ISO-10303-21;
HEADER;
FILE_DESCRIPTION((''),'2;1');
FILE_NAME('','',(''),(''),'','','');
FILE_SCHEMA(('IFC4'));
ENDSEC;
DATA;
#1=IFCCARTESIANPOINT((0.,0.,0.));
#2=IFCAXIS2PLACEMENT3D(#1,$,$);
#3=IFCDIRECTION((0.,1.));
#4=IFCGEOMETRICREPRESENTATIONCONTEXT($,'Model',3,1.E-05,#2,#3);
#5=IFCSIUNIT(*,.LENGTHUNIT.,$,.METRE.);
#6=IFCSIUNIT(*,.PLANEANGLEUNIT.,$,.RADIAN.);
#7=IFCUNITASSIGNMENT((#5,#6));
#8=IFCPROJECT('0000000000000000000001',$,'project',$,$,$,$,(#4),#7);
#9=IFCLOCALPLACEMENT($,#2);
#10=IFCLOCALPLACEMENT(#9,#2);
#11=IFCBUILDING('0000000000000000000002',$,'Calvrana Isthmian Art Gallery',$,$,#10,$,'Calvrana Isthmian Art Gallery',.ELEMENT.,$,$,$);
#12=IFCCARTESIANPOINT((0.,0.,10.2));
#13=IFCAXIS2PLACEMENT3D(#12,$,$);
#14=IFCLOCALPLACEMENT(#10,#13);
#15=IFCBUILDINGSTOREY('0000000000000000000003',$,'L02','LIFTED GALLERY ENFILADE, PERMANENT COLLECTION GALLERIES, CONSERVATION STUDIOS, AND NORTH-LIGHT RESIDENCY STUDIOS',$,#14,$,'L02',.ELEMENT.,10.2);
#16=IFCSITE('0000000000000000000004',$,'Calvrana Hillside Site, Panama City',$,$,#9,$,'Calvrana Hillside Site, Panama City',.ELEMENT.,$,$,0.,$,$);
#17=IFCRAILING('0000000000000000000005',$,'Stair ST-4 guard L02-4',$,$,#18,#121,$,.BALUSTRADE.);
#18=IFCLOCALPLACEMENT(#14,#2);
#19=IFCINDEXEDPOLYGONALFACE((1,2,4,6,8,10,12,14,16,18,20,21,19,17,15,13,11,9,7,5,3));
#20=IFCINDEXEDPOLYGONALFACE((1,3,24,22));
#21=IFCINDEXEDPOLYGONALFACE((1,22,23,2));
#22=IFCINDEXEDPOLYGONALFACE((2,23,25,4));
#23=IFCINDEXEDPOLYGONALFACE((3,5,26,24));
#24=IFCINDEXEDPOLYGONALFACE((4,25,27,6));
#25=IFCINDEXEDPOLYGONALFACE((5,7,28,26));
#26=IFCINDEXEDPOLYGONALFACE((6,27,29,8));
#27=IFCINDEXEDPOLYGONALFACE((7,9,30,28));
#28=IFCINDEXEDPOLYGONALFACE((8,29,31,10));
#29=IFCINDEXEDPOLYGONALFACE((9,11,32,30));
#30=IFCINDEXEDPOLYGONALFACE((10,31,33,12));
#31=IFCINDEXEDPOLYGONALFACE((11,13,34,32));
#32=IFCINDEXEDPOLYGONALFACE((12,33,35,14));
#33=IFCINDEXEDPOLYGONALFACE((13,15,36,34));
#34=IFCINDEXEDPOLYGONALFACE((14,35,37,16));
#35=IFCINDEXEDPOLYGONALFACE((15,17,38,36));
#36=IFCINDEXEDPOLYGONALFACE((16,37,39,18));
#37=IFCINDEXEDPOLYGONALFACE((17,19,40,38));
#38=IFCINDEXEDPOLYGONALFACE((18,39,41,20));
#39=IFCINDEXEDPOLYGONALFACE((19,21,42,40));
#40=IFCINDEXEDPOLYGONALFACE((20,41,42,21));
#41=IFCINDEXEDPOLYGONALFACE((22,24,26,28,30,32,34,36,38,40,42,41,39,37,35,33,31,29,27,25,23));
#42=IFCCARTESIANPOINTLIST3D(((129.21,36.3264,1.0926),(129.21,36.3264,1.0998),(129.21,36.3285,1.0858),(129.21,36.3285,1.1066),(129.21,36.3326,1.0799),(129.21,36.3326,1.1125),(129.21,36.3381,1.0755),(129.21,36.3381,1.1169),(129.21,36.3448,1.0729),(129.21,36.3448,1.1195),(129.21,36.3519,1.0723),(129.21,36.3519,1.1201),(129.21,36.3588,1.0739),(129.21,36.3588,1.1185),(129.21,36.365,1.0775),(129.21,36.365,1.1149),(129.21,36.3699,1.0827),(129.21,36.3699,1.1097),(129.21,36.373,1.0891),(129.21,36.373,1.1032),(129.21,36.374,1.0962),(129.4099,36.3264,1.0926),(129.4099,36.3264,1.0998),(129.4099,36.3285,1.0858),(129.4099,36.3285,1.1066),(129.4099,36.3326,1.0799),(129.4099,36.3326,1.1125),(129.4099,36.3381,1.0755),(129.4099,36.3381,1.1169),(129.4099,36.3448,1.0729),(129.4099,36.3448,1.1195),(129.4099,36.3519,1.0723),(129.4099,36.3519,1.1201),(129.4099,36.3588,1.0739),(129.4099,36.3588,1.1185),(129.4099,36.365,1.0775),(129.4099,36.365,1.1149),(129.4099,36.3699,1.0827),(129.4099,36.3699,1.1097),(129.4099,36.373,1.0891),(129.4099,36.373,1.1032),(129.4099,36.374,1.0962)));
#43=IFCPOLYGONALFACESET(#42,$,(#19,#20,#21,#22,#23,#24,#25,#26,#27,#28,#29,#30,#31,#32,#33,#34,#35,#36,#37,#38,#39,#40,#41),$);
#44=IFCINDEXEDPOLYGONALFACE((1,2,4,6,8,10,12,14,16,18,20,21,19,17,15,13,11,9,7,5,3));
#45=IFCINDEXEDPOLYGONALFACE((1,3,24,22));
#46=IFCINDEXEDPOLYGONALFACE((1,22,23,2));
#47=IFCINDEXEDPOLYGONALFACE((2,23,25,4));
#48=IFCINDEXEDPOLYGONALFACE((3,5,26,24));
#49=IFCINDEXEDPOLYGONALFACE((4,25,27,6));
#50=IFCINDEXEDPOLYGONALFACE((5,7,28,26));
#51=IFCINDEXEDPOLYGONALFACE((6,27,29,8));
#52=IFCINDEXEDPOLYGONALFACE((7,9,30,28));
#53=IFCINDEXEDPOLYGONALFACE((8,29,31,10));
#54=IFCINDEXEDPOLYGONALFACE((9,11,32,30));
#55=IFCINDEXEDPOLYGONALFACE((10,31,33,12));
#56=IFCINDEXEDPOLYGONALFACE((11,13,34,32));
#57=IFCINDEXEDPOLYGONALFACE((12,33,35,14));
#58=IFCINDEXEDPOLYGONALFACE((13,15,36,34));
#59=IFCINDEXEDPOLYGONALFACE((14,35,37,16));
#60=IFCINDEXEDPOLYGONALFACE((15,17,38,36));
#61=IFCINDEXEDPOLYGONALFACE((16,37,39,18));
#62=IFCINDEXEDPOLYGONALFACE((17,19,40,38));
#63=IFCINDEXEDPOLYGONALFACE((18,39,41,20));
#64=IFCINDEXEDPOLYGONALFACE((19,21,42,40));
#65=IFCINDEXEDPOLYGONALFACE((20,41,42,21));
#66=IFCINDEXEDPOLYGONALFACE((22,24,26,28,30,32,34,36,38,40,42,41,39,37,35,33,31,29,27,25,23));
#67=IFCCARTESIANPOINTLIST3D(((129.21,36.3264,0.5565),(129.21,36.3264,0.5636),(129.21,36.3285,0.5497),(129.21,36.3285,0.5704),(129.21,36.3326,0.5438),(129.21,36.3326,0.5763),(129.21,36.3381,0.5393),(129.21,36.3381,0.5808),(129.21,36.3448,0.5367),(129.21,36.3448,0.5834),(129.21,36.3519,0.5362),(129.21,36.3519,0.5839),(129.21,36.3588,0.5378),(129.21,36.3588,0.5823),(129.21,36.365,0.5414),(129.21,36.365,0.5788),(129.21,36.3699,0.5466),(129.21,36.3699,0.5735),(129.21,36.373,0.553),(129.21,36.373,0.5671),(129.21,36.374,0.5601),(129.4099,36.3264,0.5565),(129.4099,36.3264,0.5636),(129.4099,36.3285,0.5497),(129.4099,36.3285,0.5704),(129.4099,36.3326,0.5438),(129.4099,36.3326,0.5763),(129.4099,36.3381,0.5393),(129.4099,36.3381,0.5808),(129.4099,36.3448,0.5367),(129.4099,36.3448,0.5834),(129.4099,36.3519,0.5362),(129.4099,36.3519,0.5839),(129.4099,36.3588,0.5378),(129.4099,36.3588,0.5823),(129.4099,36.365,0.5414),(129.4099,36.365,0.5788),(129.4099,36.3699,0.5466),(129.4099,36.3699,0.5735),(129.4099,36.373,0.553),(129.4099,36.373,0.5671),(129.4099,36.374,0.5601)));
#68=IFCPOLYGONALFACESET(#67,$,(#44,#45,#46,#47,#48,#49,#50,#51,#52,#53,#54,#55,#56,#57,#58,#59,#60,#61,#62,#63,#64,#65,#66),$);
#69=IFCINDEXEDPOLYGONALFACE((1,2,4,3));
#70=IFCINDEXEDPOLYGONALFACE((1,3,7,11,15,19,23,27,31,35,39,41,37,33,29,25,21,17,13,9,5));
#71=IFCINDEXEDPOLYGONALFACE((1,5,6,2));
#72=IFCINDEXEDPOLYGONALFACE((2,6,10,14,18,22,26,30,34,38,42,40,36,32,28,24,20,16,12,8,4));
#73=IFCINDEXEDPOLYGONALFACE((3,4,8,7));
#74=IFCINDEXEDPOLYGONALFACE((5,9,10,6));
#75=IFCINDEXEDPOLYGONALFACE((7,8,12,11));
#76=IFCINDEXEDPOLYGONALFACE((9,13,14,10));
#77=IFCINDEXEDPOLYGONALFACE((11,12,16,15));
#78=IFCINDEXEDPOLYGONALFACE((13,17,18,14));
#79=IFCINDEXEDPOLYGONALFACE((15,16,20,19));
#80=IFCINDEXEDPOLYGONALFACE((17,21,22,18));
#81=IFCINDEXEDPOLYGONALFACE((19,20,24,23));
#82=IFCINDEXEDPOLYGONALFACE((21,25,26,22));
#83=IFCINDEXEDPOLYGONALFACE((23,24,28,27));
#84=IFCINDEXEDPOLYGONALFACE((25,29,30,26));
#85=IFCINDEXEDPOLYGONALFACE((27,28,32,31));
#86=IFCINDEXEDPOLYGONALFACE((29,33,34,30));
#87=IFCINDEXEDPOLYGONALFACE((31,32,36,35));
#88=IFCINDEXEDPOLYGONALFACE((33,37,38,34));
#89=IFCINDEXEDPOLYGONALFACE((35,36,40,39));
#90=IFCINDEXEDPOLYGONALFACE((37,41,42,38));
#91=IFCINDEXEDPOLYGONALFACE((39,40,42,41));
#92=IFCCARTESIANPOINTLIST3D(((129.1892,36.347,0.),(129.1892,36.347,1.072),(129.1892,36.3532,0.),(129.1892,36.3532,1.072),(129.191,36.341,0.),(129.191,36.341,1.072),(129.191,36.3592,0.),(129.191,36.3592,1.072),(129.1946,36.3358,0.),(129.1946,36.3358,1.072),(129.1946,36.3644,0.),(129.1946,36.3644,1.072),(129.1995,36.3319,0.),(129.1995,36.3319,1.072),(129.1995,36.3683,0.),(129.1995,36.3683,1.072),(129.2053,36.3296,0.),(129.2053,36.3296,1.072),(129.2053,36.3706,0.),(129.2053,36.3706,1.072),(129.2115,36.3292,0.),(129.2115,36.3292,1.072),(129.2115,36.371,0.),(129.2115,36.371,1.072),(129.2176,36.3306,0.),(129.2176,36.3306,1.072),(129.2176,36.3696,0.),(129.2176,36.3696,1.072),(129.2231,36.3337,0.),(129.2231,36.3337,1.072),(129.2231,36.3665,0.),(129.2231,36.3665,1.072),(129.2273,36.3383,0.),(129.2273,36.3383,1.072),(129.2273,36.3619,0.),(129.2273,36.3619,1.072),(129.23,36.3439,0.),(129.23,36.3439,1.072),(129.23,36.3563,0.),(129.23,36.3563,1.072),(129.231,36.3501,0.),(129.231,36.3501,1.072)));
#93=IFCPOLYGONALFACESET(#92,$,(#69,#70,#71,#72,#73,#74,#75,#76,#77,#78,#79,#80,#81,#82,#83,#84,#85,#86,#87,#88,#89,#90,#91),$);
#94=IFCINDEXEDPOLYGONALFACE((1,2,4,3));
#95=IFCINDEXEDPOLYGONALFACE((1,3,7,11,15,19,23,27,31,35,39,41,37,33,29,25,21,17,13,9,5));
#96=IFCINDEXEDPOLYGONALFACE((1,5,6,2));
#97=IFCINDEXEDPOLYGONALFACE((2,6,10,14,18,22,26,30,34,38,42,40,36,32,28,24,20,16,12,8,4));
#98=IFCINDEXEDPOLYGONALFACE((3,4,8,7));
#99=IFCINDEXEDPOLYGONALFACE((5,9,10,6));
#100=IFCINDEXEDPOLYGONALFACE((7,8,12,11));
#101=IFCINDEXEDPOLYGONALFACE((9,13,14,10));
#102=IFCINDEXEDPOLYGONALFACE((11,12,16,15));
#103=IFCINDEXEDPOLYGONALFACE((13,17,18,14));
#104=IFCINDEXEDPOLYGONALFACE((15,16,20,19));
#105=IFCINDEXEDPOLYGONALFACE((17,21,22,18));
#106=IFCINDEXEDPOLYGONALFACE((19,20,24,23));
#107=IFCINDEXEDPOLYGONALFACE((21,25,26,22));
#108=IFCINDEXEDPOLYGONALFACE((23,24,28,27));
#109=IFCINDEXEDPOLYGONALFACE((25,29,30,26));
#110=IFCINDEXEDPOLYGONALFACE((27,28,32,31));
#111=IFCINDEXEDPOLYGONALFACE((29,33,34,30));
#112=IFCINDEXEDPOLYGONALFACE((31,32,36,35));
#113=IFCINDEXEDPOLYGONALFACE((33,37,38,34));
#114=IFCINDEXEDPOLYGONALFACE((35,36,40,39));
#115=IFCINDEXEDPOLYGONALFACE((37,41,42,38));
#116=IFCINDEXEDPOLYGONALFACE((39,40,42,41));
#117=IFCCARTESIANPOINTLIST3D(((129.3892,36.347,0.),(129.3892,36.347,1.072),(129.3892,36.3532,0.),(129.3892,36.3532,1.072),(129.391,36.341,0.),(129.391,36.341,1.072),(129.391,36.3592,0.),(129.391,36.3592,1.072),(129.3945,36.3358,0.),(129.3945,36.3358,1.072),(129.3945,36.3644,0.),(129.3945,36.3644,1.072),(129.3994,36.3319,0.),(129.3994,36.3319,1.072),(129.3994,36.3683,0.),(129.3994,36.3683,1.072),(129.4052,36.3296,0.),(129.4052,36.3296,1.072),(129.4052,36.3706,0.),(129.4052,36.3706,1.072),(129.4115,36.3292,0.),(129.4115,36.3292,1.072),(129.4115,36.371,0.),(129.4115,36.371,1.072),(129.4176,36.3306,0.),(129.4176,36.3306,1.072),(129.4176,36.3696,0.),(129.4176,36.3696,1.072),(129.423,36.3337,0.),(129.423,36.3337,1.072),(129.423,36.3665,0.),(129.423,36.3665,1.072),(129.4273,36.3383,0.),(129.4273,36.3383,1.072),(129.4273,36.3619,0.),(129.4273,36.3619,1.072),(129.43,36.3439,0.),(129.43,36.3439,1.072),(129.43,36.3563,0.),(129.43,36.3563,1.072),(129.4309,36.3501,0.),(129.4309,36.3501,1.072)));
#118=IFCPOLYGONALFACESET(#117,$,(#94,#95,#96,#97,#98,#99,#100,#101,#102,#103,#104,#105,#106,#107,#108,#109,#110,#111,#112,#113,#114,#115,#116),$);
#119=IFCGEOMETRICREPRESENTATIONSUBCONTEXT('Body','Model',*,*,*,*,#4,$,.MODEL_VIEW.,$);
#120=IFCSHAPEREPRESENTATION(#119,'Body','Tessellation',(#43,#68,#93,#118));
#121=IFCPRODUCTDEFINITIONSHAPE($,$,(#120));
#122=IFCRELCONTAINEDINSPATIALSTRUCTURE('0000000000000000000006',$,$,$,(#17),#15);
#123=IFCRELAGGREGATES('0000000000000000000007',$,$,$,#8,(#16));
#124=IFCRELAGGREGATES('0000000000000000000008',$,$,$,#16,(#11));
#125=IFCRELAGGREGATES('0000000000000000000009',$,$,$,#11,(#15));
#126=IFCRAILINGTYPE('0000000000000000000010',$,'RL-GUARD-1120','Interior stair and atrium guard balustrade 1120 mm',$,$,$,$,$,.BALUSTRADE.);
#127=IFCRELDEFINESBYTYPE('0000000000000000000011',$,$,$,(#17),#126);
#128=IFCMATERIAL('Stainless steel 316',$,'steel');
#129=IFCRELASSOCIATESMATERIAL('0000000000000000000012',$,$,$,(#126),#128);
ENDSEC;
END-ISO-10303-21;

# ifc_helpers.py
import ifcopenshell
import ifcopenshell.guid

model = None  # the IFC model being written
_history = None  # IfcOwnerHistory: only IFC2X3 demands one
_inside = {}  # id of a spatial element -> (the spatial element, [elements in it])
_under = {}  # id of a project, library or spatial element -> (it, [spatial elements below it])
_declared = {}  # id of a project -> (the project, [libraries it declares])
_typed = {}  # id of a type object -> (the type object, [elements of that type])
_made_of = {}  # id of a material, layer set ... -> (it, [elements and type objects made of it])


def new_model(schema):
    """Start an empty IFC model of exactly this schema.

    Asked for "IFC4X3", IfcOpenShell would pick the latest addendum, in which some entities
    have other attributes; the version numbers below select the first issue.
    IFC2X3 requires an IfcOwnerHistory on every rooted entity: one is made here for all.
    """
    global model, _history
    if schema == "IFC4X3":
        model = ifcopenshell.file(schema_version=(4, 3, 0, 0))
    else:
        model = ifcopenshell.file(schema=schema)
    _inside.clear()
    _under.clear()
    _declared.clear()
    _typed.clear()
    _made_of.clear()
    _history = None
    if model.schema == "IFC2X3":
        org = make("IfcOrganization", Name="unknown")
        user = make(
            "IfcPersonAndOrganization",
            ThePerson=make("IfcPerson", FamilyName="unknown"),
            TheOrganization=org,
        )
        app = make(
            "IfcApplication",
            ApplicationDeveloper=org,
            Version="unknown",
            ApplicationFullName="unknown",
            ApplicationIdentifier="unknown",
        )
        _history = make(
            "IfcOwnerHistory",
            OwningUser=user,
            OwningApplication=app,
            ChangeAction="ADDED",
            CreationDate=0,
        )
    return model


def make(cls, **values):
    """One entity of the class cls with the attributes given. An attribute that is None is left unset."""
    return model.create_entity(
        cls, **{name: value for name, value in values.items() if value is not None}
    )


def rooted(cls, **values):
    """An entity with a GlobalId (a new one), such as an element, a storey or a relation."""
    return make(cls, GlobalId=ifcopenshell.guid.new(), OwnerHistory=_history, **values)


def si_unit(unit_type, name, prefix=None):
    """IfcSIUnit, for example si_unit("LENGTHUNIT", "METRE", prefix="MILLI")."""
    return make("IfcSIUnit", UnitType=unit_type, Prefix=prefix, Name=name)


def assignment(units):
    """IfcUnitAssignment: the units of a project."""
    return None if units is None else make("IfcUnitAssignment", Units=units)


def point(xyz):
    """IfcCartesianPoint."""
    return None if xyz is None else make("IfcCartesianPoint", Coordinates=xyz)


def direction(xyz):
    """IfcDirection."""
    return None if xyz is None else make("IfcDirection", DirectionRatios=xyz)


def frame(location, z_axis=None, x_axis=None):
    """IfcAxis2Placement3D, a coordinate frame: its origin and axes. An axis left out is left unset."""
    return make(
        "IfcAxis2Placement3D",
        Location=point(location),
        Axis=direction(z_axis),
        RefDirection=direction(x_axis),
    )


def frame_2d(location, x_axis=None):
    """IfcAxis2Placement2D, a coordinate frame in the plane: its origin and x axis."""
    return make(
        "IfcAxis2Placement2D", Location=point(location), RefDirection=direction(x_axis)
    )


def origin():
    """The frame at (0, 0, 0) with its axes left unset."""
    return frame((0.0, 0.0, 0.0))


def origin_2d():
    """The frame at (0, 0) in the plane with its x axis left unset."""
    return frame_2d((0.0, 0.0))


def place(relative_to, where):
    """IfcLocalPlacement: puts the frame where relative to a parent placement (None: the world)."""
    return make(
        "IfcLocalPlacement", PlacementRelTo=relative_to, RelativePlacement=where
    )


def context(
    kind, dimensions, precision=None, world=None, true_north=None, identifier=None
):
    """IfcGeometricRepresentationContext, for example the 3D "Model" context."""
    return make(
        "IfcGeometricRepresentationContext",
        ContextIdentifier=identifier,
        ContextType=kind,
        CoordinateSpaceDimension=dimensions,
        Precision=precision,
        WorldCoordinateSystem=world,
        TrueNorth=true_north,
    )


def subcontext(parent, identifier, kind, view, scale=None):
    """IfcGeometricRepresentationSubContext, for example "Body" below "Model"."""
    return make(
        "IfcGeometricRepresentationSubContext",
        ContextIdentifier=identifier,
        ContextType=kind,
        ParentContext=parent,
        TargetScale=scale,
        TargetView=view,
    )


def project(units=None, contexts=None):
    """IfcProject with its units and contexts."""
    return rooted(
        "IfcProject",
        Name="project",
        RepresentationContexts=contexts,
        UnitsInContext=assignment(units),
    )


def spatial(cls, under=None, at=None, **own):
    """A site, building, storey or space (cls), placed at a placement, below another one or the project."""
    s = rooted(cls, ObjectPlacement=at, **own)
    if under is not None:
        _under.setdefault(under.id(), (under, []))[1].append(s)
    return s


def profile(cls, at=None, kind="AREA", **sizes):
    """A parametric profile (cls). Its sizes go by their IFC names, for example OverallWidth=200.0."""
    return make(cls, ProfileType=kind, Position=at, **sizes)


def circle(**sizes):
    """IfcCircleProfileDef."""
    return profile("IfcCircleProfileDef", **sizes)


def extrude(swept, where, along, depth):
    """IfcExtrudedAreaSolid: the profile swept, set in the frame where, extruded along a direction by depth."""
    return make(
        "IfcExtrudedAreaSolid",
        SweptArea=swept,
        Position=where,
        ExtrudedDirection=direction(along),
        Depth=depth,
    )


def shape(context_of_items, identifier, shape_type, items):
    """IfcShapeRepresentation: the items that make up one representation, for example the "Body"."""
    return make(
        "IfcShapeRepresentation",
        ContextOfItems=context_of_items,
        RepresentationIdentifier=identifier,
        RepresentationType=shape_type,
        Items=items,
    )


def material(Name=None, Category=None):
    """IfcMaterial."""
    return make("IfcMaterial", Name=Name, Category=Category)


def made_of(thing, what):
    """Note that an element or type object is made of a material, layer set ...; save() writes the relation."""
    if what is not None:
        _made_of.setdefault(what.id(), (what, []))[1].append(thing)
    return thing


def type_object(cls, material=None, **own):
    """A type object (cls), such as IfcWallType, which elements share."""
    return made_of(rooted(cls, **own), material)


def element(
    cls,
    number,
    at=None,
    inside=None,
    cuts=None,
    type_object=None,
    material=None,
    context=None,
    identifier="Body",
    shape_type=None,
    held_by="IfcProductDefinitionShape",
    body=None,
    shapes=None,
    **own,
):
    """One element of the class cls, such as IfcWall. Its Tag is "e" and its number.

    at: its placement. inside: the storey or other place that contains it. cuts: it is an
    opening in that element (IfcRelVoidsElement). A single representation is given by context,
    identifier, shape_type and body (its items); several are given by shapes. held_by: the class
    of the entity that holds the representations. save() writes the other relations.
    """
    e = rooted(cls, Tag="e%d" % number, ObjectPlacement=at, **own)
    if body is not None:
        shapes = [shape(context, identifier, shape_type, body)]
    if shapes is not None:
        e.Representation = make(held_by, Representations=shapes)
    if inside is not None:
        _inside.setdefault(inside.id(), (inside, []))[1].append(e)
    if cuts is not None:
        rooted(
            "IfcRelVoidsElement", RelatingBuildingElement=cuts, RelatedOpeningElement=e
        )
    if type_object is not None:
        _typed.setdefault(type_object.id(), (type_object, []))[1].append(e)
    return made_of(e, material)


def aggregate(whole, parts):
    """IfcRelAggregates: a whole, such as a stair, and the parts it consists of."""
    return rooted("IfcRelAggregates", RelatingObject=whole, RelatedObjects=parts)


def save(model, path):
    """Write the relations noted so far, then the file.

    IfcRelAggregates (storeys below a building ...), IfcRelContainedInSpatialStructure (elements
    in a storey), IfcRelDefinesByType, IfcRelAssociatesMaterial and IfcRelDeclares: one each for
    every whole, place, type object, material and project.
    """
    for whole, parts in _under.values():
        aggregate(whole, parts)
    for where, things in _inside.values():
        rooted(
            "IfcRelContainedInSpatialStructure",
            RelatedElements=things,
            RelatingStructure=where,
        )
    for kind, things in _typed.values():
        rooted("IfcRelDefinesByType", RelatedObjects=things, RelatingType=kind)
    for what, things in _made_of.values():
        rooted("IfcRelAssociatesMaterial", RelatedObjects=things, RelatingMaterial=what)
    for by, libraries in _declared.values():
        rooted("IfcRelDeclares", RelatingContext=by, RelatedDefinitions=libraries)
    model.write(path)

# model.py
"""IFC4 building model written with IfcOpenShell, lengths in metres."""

from ifc_helpers import new_model, si_unit, direction, frame, origin, origin_2d, place, context, subcontext, project, spatial, circle, extrude, material, type_object, element, save


model = new_model("IFC4")

# Units and contexts
model_context = context("Model", 3, precision=1e-05, world=origin(), true_north=direction((0.0, 1.0)))
body_context = subcontext(model_context, "Body", "Model", "MODEL_VIEW")
ifc_project = project(units=[si_unit("LENGTHUNIT", "METRE"), si_unit("PLANEANGLEUNIT", "RADIAN")], contexts=[model_context])

# Site, building, storey
site_placement = place(None, origin())
site = spatial("IfcSite", under=ifc_project, at=site_placement, Name="Calvrana Hillside Site, Panama City", LongName="Calvrana Hillside Site, Panama City", CompositionType="ELEMENT", RefElevation=0.0)
building_placement = place(site_placement, origin())
building = spatial("IfcBuilding", under=site, at=building_placement, Name="Calvrana Isthmian Art Gallery", LongName="Calvrana Isthmian Art Gallery", CompositionType="ELEMENT")
storey_placement = place(building_placement, frame((0.0, 0.0, 10.2)))
storey = spatial("IfcBuildingStorey", under=building, at=storey_placement, Name="L02", Description="LIFTED GALLERY ENFILADE, PERMANENT COLLECTION GALLERIES, CONSERVATION STUDIOS, AND NORTH-LIGHT RESIDENCY STUDIOS", LongName="L02", CompositionType="ELEMENT", Elevation=10.2)

# Railing
ifc_material_1 = material(Name="Stainless steel 316", Category="steel")
railing_type_1 = type_object("IfcRailingType", Name="RL-GUARD-1120", Description="Interior stair and atrium guard balustrade 1120 mm", PredefinedType="BALUSTRADE", material=ifc_material_1)
railing_1_placement = place(storey_placement, frame((129.21, 36.3501, 0.0)))
element("IfcRailing", 1, at=railing_1_placement, inside=storey, type_object=railing_type_1, Name="Stair ST-4 guard L02-4", PredefinedType="BALUSTRADE", context=body_context, shape_type="SweptSolid", body=[
    extrude(circle(Radius=0.0239, at=origin_2d()), frame((0.0, 0.0, 1.0962), z_axis=(1.0, 0.0, 0.0), x_axis=(0.0, 1.0, 0.0)), (0.0, 0.0, 1.0), 0.2),
    extrude(circle(Radius=0.0239, at=origin_2d()), frame((0.0, 0.0, 0.5601), z_axis=(1.0, 0.0, 0.0), x_axis=(0.0, 1.0, 0.0)), (0.0, 0.0, 1.0), 0.2),
    extrude(circle(Radius=0.021, at=origin_2d()), origin(), (0.0, 0.0, 1.0), 1.072),
    extrude(circle(Radius=0.021, at=origin_2d()), frame((0.2, 0.0, 0.0)), (0.0, 0.0, 1.0), 1.072),
])

save(model, "model.ifc")
